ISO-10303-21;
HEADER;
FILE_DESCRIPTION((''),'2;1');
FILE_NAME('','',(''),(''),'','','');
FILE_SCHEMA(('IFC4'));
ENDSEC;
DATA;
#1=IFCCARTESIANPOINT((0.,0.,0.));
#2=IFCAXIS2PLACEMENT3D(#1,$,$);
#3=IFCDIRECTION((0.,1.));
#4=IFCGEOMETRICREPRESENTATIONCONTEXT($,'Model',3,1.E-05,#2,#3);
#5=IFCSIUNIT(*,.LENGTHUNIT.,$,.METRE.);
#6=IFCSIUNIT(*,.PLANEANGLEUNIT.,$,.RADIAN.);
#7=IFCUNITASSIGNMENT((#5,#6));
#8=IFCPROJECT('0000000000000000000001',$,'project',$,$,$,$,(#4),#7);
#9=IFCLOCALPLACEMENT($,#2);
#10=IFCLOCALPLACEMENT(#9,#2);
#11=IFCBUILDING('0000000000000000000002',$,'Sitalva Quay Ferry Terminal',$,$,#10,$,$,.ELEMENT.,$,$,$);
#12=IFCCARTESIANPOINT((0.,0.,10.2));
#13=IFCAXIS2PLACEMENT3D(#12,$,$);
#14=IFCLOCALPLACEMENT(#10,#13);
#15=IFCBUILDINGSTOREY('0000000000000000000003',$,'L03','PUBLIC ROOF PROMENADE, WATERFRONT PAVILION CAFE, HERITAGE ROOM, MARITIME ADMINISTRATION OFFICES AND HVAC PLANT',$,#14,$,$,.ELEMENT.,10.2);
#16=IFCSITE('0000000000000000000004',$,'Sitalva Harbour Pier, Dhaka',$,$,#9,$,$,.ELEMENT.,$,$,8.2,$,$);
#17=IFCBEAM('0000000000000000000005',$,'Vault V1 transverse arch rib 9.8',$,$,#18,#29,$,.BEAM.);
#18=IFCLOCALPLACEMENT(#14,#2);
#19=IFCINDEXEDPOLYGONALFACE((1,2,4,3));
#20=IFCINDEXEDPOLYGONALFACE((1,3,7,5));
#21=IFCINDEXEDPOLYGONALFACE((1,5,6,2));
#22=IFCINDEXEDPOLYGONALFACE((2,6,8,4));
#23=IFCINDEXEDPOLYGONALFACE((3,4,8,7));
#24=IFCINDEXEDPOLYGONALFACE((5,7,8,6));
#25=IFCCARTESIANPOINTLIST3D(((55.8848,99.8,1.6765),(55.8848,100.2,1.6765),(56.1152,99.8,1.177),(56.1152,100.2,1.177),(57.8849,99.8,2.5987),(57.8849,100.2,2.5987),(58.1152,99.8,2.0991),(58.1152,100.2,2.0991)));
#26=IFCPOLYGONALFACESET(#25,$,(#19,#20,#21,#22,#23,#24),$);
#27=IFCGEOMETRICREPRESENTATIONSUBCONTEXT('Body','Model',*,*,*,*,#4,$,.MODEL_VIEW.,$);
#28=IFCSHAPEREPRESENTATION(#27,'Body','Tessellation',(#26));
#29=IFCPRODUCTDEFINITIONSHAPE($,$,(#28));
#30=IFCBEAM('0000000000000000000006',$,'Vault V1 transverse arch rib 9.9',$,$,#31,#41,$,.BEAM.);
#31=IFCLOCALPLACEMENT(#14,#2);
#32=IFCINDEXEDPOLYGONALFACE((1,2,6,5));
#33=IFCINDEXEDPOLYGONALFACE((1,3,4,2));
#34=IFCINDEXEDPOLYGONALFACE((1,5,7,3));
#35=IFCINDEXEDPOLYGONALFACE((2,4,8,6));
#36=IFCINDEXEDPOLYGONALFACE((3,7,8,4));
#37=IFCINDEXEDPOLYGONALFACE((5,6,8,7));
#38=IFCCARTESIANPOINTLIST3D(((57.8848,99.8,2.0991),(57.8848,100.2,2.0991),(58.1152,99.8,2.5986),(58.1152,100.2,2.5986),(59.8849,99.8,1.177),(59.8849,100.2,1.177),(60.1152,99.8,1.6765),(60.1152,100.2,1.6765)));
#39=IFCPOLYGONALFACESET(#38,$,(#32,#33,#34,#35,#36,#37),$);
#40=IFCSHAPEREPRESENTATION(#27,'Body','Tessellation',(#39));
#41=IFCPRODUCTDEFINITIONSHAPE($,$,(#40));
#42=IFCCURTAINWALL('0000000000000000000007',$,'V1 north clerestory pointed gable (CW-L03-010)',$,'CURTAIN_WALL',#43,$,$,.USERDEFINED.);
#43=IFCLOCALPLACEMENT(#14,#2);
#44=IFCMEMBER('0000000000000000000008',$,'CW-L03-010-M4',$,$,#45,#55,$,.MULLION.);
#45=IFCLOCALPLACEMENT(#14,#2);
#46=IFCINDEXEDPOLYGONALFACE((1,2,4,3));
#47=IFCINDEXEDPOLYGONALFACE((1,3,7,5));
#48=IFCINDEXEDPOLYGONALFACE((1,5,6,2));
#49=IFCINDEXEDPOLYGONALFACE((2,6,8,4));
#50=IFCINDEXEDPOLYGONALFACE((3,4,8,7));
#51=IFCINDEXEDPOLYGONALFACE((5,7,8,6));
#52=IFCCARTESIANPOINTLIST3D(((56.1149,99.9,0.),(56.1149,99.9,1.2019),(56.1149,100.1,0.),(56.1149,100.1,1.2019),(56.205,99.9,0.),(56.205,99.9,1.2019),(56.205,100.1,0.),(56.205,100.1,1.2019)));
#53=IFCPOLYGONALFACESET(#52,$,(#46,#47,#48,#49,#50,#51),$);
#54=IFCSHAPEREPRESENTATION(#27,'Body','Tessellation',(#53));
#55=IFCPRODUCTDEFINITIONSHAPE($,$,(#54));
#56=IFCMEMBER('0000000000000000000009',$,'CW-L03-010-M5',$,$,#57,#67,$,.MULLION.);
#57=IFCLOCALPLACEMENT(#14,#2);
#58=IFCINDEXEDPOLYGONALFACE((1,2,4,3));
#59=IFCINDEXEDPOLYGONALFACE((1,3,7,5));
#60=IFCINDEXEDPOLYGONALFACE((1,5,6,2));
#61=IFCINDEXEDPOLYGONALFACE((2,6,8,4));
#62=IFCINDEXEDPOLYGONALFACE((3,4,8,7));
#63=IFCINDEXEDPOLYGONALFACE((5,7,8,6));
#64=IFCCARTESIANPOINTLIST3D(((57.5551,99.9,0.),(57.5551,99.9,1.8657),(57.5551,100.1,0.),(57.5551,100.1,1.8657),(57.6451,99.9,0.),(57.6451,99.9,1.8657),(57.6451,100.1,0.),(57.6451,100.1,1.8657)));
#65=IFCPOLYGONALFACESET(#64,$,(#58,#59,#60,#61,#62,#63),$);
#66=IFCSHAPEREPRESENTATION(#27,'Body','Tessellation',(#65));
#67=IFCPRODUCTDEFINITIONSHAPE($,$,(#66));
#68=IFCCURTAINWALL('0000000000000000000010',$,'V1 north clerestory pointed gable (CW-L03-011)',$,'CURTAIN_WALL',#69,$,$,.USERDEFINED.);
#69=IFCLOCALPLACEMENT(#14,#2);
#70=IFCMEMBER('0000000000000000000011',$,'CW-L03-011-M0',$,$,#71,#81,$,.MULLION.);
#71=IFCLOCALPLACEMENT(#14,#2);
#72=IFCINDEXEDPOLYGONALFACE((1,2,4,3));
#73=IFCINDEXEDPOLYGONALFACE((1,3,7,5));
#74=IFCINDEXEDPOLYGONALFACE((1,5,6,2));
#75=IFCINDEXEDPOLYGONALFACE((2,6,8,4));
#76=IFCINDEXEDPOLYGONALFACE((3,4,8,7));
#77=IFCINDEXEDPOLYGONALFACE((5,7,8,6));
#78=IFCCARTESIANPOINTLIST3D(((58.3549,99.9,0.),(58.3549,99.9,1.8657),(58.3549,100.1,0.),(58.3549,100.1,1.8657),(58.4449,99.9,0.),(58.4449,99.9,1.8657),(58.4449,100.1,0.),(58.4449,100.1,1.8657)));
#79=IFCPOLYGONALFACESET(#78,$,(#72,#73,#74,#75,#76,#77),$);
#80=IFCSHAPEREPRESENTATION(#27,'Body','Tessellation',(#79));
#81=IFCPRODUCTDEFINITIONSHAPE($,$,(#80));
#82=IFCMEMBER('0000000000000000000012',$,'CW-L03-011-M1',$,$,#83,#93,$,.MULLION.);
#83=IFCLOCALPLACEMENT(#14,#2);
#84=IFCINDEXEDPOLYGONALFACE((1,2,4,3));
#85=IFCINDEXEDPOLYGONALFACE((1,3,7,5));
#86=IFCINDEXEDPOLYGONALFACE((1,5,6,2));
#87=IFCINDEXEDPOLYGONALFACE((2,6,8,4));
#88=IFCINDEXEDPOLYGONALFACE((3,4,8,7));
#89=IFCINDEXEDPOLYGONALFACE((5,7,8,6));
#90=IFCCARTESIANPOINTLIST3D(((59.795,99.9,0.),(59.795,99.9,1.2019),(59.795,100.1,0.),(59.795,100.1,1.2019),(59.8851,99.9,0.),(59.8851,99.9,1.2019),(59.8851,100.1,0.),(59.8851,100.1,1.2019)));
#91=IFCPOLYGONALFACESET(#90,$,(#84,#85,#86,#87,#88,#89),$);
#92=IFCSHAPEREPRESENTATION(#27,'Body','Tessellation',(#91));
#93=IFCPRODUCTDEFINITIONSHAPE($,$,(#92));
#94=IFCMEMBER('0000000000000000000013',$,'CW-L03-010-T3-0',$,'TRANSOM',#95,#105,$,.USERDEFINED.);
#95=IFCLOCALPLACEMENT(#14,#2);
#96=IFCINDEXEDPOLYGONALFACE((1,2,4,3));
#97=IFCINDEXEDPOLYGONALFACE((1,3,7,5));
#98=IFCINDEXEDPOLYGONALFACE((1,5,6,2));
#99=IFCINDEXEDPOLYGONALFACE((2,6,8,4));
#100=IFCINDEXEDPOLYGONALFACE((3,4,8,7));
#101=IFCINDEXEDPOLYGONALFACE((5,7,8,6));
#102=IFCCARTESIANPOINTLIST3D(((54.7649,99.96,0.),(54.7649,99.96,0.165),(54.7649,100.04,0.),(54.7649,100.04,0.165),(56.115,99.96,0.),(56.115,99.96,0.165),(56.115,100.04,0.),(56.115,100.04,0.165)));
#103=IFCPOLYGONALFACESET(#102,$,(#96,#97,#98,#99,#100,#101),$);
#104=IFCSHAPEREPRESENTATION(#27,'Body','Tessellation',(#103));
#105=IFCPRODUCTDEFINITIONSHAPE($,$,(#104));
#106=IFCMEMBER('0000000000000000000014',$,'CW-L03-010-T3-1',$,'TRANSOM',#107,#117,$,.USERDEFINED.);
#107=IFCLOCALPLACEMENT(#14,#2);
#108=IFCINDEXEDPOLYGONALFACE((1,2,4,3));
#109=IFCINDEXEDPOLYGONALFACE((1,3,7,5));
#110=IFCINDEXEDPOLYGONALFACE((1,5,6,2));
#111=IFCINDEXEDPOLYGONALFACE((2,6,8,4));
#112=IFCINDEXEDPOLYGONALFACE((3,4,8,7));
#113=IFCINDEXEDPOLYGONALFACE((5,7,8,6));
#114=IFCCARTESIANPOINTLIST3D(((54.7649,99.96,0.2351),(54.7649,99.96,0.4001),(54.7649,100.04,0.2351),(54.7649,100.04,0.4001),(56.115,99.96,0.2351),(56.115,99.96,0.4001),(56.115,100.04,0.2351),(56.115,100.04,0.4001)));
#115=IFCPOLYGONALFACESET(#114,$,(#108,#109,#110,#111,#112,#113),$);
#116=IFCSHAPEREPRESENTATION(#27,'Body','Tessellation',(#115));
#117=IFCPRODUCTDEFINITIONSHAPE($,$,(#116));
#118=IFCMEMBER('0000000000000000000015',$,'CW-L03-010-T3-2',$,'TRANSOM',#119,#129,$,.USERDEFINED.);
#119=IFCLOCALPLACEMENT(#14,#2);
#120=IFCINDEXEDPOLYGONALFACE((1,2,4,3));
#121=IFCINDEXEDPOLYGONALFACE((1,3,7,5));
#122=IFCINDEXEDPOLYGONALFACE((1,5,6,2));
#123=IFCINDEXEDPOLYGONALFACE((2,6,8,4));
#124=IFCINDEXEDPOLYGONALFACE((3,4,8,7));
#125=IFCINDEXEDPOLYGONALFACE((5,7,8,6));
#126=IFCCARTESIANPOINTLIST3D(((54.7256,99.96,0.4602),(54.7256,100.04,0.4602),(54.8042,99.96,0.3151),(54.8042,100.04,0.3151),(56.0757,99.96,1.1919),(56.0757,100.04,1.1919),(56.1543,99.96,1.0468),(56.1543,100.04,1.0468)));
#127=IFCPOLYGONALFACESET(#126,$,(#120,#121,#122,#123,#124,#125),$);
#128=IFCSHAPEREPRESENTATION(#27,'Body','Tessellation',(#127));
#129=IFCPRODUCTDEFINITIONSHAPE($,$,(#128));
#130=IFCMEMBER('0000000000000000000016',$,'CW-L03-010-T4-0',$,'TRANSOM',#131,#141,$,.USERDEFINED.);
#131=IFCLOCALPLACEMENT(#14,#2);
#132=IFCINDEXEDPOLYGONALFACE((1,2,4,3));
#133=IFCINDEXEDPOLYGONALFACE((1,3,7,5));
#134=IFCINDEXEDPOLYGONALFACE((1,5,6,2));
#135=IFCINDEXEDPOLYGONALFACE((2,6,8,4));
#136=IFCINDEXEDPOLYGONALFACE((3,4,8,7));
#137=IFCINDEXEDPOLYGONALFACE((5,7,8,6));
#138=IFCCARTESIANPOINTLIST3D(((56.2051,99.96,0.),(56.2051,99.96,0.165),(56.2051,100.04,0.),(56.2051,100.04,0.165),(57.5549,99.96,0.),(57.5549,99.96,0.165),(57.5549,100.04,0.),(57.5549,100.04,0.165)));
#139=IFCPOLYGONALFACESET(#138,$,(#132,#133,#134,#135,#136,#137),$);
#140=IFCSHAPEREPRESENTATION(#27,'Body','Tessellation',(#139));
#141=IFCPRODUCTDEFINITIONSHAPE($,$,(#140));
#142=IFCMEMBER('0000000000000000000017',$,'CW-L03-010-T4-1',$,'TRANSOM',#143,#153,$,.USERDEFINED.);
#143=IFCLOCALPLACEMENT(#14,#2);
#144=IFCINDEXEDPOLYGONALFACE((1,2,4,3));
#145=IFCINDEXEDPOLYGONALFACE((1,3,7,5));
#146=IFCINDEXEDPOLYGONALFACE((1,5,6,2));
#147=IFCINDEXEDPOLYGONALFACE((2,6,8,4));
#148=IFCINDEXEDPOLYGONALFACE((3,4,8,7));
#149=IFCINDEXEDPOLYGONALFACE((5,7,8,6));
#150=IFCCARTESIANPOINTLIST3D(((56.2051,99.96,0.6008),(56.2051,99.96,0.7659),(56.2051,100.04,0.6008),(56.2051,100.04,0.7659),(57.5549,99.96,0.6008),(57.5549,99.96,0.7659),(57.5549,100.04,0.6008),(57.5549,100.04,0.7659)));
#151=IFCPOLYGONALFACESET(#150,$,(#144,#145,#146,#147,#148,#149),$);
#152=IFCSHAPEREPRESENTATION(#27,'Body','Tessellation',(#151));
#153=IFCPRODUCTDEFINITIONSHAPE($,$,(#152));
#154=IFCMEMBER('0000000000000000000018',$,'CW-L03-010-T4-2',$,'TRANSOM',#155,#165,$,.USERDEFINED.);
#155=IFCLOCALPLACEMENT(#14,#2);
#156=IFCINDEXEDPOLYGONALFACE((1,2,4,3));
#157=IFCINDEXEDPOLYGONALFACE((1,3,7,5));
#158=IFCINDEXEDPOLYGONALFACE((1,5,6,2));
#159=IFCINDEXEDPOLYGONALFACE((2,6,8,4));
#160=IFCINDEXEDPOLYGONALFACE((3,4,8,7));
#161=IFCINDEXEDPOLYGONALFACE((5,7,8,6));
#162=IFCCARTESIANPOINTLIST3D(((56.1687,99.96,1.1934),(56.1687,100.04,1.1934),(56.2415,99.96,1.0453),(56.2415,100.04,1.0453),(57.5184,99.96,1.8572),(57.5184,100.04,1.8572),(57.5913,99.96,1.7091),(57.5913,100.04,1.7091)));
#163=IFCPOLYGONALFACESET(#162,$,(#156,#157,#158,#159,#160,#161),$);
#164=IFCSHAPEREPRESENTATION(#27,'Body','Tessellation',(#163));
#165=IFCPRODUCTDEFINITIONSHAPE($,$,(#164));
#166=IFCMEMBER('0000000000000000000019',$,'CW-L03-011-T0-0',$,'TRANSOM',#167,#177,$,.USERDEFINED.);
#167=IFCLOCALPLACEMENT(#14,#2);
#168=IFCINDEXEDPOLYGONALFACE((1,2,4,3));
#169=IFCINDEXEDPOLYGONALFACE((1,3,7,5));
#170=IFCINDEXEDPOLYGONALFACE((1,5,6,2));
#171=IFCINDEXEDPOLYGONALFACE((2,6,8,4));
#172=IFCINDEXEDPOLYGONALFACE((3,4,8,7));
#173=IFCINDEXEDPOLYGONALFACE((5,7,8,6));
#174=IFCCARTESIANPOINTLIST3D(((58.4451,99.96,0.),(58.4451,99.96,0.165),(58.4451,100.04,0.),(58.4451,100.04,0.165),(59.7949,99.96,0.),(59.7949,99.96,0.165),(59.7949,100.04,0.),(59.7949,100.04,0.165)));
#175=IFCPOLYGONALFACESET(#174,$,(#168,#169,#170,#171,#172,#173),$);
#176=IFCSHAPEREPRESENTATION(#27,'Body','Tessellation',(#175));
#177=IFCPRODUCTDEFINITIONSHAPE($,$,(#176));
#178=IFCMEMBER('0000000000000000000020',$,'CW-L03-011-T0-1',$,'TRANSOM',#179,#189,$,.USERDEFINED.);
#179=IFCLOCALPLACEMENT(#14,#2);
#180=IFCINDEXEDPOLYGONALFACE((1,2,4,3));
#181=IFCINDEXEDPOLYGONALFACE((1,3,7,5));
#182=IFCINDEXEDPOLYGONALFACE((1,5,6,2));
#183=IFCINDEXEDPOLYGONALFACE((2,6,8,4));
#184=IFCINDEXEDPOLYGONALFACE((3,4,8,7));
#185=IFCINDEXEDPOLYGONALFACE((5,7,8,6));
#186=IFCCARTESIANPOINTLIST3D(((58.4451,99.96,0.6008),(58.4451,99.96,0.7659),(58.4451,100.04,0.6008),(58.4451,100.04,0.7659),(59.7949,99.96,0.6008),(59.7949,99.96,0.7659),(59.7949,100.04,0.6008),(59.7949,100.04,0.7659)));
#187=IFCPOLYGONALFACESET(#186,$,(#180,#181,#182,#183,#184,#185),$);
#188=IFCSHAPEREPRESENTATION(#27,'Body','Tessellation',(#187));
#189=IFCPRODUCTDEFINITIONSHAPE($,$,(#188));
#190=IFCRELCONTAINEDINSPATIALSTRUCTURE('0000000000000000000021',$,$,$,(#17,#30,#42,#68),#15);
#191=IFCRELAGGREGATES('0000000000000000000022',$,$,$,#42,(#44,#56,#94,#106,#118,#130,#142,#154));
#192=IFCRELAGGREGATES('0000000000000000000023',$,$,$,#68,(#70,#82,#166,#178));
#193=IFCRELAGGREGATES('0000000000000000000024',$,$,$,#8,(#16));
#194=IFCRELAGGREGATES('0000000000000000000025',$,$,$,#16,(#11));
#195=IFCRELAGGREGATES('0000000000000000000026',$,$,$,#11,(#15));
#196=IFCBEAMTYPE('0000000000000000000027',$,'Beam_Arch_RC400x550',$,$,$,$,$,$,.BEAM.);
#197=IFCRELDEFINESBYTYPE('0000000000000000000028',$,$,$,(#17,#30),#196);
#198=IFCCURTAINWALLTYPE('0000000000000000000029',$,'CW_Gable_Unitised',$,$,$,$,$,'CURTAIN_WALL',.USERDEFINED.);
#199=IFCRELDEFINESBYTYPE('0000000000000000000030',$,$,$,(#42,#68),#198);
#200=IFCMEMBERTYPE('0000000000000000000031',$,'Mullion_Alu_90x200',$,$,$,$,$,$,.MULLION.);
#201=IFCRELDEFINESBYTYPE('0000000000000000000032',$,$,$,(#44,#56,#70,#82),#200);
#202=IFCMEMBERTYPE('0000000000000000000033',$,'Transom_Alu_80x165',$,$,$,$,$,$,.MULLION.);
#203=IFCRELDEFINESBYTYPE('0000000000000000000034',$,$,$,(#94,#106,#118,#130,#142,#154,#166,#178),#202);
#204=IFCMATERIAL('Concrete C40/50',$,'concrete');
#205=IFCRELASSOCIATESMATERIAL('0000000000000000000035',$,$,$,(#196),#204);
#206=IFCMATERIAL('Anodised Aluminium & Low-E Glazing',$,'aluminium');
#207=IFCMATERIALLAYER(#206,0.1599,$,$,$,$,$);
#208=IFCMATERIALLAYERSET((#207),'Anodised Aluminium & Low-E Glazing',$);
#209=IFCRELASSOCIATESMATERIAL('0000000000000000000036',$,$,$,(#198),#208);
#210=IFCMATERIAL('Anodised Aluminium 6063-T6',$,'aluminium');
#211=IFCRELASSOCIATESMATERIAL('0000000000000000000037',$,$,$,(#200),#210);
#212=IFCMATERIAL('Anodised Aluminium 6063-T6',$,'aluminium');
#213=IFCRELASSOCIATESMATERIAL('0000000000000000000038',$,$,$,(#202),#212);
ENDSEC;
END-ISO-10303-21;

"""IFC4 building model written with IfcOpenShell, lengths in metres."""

from ifc_helpers import new_model, si_unit, direction, frame, origin, origin_2d, place, context, subcontext, project, spatial, rectangle, extrude, material, layer, layer_set, material_profile, profile_set, type_object, element, aggregate, save


model = new_model("IFC4")

# Units and contexts
model_context = context("Model", 3, precision=1e-05, world=origin(), true_north=direction((0.0, 1.0)))
body_context = subcontext(model_context, "Body", "Model", "MODEL_VIEW")
ifc_project = project(units=[si_unit("LENGTHUNIT", "METRE"), si_unit("PLANEANGLEUNIT", "RADIAN")], contexts=[model_context])

# Site, building, storey
site_placement = place(None, origin())
site = spatial("IfcSite", under=ifc_project, at=site_placement, Name="Sitalva Harbour Pier, Dhaka", CompositionType="ELEMENT", RefElevation=8.2)
building_placement = place(site_placement, origin())
building = spatial("IfcBuilding", under=site, at=building_placement, Name="Sitalva Quay Ferry Terminal", CompositionType="ELEMENT")
storey_placement = place(building_placement, frame((0.0, 0.0, 10.2)))
storey = spatial("IfcBuildingStorey", under=building, at=storey_placement, Name="L03", Description="PUBLIC ROOF PROMENADE, WATERFRONT PAVILION CAFE, HERITAGE ROOM, MARITIME ADMINISTRATION OFFICES AND HVAC PLANT", CompositionType="ELEMENT", Elevation=10.2)

# Beams
ifc_material_1 = material(Name="Concrete C40/50", Category="concrete")
ifc_material_profile_1 = material_profile(ifc_material_1, rectangle(XDim=0.3999, YDim=0.55, at=origin_2d()), Name="RC400x550")
ifc_profile_set_1 = profile_set([ifc_material_profile_1], Name="Concrete C40/50")
beam_type = type_object("IfcBeamType", Name="Beam_Arch_RC400x550", PredefinedType="BEAM", material=ifc_profile_set_1)
for number, where, z_axis, x_axis, name in (
    (1, (56.0, 100.0, 1.4268), (0.908125, 0.0, 0.4187), (0.0, 1.0, 0.0), "Vault V1 transverse arch rib 9.8"),
    (2, (58.0, 100.0, 2.3489), (0.908125, 0.0, -0.4187), (0.0, 1.0, 0.0), "Vault V1 transverse arch rib 9.9"),
):
    element("IfcBeam", number, at=place(storey_placement, frame(where, z_axis=z_axis, x_axis=x_axis)), inside=storey, type_object=beam_type, Name=name, PredefinedType="BEAM", context=body_context, shape_type="SweptSolid", body=[
        extrude(rectangle(XDim=0.3999, YDim=0.55, at=origin_2d()), origin(), (0.0, 0.0, 1.0), 2.2024),
    ])

# Curtain walls, members
ifc_material_2 = material(Name="Anodised Aluminium & Low-E Glazing", Category="aluminium")
ifc_layer_1 = layer(ifc_material_2, 0.1599)
ifc_layer_set_1 = layer_set([ifc_layer_1], Name="Anodised Aluminium & Low-E Glazing")
curtain_wall_type = type_object("IfcCurtainWallType", Name="CW_Gable_Unitised", ElementType="CURTAIN_WALL", PredefinedType="USERDEFINED", material=ifc_layer_set_1)
curtain_wall_1_placement = place(storey_placement, origin())
curtain_wall_1 = element("IfcCurtainWall", 3, at=curtain_wall_1_placement, inside=storey, type_object=curtain_wall_type, Name="V1 north clerestory pointed gable (CW-L03-010)", ObjectType="CURTAIN_WALL", PredefinedType="USERDEFINED")
ifc_material_3 = material(Name="Anodised Aluminium 6063-T6", Category="aluminium")
ifc_material_profile_2 = material_profile(ifc_material_3, rectangle(XDim=0.0901, YDim=0.2, at=origin_2d()), Name="ALU90x200")
ifc_profile_set_2 = profile_set([ifc_material_profile_2], Name="Anodised Aluminium 6063-T6")
member_type_1 = type_object("IfcMemberType", Name="Mullion_Alu_90x200", PredefinedType="MULLION", material=ifc_profile_set_2)
member_1_placement = place(storey_placement, frame((56.1599, 100.0, 0.0), z_axis=(0.0, 0.0, 1.0), x_axis=(1.0, 0.0, 0.0)))
member_1 = element("IfcMember", 4, at=member_1_placement, type_object=member_type_1, Name="CW-L03-010-M4", PredefinedType="MULLION", context=body_context, shape_type="SweptSolid", body=[
    extrude(rectangle(XDim=0.0901, YDim=0.2, at=origin_2d()), origin(), (0.0, 0.0, 1.0), 1.2019),
])
member_2_placement = place(storey_placement, frame((57.6001, 100.0, 0.0), z_axis=(0.0, 0.0, 1.0), x_axis=(1.0, 0.0, 0.0)))
member_2 = element("IfcMember", 5, at=member_2_placement, type_object=member_type_1, Name="CW-L03-010-M5", PredefinedType="MULLION", context=body_context, shape_type="SweptSolid", body=[
    extrude(rectangle(XDim=0.0901, YDim=0.2, at=origin_2d()), origin(), (0.0, 0.0, 1.0), 1.8657),
])
curtain_wall_2_placement = place(storey_placement, origin())
curtain_wall_2 = element("IfcCurtainWall", 6, at=curtain_wall_2_placement, inside=storey, type_object=curtain_wall_type, Name="V1 north clerestory pointed gable (CW-L03-011)", ObjectType="CURTAIN_WALL", PredefinedType="USERDEFINED")
member_3_placement = place(storey_placement, frame((58.3999, 100.0, 0.0), z_axis=(0.0, 0.0, 1.0), x_axis=(1.0, 0.0, 0.0)))
member_3 = element("IfcMember", 7, at=member_3_placement, type_object=member_type_1, Name="CW-L03-011-M0", PredefinedType="MULLION", context=body_context, shape_type="SweptSolid", body=[
    extrude(rectangle(XDim=0.0901, YDim=0.2, at=origin_2d()), origin(), (0.0, 0.0, 1.0), 1.8657),
])
member_4_placement = place(storey_placement, frame((59.8401, 100.0, 0.0), z_axis=(0.0, 0.0, 1.0), x_axis=(1.0, 0.0, 0.0)))
member_4 = element("IfcMember", 8, at=member_4_placement, type_object=member_type_1, Name="CW-L03-011-M1", PredefinedType="MULLION", context=body_context, shape_type="SweptSolid", body=[
    extrude(rectangle(XDim=0.0901, YDim=0.2, at=origin_2d()), origin(), (0.0, 0.0, 1.0), 1.2019),
])

# Members
ifc_material_4 = material(Name="Anodised Aluminium 6063-T6", Category="aluminium")
ifc_material_profile_3 = material_profile(ifc_material_4, rectangle(XDim=0.0801, YDim=0.165, at=origin_2d()), Name="ALU80x165")
ifc_profile_set_3 = profile_set([ifc_material_profile_3], Name="Anodised Aluminium 6063-T6")
member_type_2 = type_object("IfcMemberType", Name="Transom_Alu_80x165", PredefinedType="MULLION", material=ifc_profile_set_3)
member_5_placement = place(storey_placement, frame((54.7649, 100.0, 0.0825), z_axis=(1.0, 0.0, 0.0), x_axis=(0.0, 1.0, 0.0)))
member_5 = element("IfcMember", 9, at=member_5_placement, type_object=member_type_2, Name="CW-L03-010-T3-0", ObjectType="TRANSOM", PredefinedType="USERDEFINED", context=body_context, shape_type="SweptSolid", body=[
    extrude(rectangle(XDim=0.0801, YDim=0.165, at=origin_2d()), origin(), (0.0, 0.0, 1.0), 1.3501),
])
member_6_placement = place(storey_placement, frame((54.7649, 100.0, 0.3176), z_axis=(1.0, 0.0, 0.0), x_axis=(0.0, 1.0, 0.0)))
member_6 = element("IfcMember", 10, at=member_6_placement, type_object=member_type_2, Name="CW-L03-010-T3-1", ObjectType="TRANSOM", PredefinedType="USERDEFINED", context=body_context, shape_type="SweptSolid", body=[
    extrude(rectangle(XDim=0.0801, YDim=0.165, at=origin_2d()), origin(), (0.0, 0.0, 1.0), 1.3501),
])
member_7_placement = place(storey_placement, frame((54.7649, 100.0, 0.3877), z_axis=(0.879187, 0.0, 0.476478), x_axis=(0.0, 1.0, 0.0)))
member_7 = element("IfcMember", 11, at=member_7_placement, type_object=member_type_2, Name="CW-L03-010-T3-2", ObjectType="TRANSOM", PredefinedType="USERDEFINED", context=body_context, shape_type="SweptSolid", body=[
    extrude(rectangle(XDim=0.0801, YDim=0.165, at=origin_2d()), origin(), (0.0, 0.0, 1.0), 1.5356),
])
member_8_placement = place(storey_placement, frame((56.2051, 100.0, 0.0825), z_axis=(1.0, 0.0, 0.0), x_axis=(0.0, 1.0, 0.0)))
member_8 = element("IfcMember", 12, at=member_8_placement, type_object=member_type_2, Name="CW-L03-010-T4-0", ObjectType="TRANSOM", PredefinedType="USERDEFINED", context=body_context, shape_type="SweptSolid", body=[
    extrude(rectangle(XDim=0.0801, YDim=0.165, at=origin_2d()), origin(), (0.0, 0.0, 1.0), 1.3499),
])
member_9_placement = place(storey_placement, frame((56.2051, 100.0, 0.6833), z_axis=(1.0, 0.0, 0.0), x_axis=(0.0, 1.0, 0.0)))
member_9 = element("IfcMember", 13, at=member_9_placement, type_object=member_type_2, Name="CW-L03-010-T4-1", ObjectType="TRANSOM", PredefinedType="USERDEFINED", context=body_context, shape_type="SweptSolid", body=[
    extrude(rectangle(XDim=0.0801, YDim=0.165, at=origin_2d()), origin(), (0.0, 0.0, 1.0), 1.3499),
])
member_10_placement = place(storey_placement, frame((56.2051, 100.0, 1.1194), z_axis=(0.897362, 0.0, 0.441296), x_axis=(0.0, 1.0, 0.0)))
member_10 = element("IfcMember", 14, at=member_10_placement, type_object=member_type_2, Name="CW-L03-010-T4-2", ObjectType="TRANSOM", PredefinedType="USERDEFINED", context=body_context, shape_type="SweptSolid", body=[
    extrude(rectangle(XDim=0.0801, YDim=0.165, at=origin_2d()), origin(), (0.0, 0.0, 1.0), 1.5042),
])
member_11_placement = place(storey_placement, frame((58.4451, 100.0, 0.0825), z_axis=(1.0, 0.0, 0.0), x_axis=(0.0, 1.0, 0.0)))
member_11 = element("IfcMember", 15, at=member_11_placement, type_object=member_type_2, Name="CW-L03-011-T0-0", ObjectType="TRANSOM", PredefinedType="USERDEFINED", context=body_context, shape_type="SweptSolid", body=[
    extrude(rectangle(XDim=0.0801, YDim=0.165, at=origin_2d()), origin(), (0.0, 0.0, 1.0), 1.3499),
])
member_12_placement = place(storey_placement, frame((58.4451, 100.0, 0.6833), z_axis=(1.0, 0.0, 0.0), x_axis=(0.0, 1.0, 0.0)))
member_12 = element("IfcMember", 16, at=member_12_placement, type_object=member_type_2, Name="CW-L03-011-T0-1", ObjectType="TRANSOM", PredefinedType="USERDEFINED", context=body_context, shape_type="SweptSolid", body=[
    extrude(rectangle(XDim=0.0801, YDim=0.165, at=origin_2d()), origin(), (0.0, 0.0, 1.0), 1.3499),
])

aggregate(curtain_wall_1, [member_1, member_2, member_5, member_6, member_7, member_8, member_9, member_10])
aggregate(curtain_wall_2, [member_3, member_4, member_11, member_12])

save(model, "model.ifc")
